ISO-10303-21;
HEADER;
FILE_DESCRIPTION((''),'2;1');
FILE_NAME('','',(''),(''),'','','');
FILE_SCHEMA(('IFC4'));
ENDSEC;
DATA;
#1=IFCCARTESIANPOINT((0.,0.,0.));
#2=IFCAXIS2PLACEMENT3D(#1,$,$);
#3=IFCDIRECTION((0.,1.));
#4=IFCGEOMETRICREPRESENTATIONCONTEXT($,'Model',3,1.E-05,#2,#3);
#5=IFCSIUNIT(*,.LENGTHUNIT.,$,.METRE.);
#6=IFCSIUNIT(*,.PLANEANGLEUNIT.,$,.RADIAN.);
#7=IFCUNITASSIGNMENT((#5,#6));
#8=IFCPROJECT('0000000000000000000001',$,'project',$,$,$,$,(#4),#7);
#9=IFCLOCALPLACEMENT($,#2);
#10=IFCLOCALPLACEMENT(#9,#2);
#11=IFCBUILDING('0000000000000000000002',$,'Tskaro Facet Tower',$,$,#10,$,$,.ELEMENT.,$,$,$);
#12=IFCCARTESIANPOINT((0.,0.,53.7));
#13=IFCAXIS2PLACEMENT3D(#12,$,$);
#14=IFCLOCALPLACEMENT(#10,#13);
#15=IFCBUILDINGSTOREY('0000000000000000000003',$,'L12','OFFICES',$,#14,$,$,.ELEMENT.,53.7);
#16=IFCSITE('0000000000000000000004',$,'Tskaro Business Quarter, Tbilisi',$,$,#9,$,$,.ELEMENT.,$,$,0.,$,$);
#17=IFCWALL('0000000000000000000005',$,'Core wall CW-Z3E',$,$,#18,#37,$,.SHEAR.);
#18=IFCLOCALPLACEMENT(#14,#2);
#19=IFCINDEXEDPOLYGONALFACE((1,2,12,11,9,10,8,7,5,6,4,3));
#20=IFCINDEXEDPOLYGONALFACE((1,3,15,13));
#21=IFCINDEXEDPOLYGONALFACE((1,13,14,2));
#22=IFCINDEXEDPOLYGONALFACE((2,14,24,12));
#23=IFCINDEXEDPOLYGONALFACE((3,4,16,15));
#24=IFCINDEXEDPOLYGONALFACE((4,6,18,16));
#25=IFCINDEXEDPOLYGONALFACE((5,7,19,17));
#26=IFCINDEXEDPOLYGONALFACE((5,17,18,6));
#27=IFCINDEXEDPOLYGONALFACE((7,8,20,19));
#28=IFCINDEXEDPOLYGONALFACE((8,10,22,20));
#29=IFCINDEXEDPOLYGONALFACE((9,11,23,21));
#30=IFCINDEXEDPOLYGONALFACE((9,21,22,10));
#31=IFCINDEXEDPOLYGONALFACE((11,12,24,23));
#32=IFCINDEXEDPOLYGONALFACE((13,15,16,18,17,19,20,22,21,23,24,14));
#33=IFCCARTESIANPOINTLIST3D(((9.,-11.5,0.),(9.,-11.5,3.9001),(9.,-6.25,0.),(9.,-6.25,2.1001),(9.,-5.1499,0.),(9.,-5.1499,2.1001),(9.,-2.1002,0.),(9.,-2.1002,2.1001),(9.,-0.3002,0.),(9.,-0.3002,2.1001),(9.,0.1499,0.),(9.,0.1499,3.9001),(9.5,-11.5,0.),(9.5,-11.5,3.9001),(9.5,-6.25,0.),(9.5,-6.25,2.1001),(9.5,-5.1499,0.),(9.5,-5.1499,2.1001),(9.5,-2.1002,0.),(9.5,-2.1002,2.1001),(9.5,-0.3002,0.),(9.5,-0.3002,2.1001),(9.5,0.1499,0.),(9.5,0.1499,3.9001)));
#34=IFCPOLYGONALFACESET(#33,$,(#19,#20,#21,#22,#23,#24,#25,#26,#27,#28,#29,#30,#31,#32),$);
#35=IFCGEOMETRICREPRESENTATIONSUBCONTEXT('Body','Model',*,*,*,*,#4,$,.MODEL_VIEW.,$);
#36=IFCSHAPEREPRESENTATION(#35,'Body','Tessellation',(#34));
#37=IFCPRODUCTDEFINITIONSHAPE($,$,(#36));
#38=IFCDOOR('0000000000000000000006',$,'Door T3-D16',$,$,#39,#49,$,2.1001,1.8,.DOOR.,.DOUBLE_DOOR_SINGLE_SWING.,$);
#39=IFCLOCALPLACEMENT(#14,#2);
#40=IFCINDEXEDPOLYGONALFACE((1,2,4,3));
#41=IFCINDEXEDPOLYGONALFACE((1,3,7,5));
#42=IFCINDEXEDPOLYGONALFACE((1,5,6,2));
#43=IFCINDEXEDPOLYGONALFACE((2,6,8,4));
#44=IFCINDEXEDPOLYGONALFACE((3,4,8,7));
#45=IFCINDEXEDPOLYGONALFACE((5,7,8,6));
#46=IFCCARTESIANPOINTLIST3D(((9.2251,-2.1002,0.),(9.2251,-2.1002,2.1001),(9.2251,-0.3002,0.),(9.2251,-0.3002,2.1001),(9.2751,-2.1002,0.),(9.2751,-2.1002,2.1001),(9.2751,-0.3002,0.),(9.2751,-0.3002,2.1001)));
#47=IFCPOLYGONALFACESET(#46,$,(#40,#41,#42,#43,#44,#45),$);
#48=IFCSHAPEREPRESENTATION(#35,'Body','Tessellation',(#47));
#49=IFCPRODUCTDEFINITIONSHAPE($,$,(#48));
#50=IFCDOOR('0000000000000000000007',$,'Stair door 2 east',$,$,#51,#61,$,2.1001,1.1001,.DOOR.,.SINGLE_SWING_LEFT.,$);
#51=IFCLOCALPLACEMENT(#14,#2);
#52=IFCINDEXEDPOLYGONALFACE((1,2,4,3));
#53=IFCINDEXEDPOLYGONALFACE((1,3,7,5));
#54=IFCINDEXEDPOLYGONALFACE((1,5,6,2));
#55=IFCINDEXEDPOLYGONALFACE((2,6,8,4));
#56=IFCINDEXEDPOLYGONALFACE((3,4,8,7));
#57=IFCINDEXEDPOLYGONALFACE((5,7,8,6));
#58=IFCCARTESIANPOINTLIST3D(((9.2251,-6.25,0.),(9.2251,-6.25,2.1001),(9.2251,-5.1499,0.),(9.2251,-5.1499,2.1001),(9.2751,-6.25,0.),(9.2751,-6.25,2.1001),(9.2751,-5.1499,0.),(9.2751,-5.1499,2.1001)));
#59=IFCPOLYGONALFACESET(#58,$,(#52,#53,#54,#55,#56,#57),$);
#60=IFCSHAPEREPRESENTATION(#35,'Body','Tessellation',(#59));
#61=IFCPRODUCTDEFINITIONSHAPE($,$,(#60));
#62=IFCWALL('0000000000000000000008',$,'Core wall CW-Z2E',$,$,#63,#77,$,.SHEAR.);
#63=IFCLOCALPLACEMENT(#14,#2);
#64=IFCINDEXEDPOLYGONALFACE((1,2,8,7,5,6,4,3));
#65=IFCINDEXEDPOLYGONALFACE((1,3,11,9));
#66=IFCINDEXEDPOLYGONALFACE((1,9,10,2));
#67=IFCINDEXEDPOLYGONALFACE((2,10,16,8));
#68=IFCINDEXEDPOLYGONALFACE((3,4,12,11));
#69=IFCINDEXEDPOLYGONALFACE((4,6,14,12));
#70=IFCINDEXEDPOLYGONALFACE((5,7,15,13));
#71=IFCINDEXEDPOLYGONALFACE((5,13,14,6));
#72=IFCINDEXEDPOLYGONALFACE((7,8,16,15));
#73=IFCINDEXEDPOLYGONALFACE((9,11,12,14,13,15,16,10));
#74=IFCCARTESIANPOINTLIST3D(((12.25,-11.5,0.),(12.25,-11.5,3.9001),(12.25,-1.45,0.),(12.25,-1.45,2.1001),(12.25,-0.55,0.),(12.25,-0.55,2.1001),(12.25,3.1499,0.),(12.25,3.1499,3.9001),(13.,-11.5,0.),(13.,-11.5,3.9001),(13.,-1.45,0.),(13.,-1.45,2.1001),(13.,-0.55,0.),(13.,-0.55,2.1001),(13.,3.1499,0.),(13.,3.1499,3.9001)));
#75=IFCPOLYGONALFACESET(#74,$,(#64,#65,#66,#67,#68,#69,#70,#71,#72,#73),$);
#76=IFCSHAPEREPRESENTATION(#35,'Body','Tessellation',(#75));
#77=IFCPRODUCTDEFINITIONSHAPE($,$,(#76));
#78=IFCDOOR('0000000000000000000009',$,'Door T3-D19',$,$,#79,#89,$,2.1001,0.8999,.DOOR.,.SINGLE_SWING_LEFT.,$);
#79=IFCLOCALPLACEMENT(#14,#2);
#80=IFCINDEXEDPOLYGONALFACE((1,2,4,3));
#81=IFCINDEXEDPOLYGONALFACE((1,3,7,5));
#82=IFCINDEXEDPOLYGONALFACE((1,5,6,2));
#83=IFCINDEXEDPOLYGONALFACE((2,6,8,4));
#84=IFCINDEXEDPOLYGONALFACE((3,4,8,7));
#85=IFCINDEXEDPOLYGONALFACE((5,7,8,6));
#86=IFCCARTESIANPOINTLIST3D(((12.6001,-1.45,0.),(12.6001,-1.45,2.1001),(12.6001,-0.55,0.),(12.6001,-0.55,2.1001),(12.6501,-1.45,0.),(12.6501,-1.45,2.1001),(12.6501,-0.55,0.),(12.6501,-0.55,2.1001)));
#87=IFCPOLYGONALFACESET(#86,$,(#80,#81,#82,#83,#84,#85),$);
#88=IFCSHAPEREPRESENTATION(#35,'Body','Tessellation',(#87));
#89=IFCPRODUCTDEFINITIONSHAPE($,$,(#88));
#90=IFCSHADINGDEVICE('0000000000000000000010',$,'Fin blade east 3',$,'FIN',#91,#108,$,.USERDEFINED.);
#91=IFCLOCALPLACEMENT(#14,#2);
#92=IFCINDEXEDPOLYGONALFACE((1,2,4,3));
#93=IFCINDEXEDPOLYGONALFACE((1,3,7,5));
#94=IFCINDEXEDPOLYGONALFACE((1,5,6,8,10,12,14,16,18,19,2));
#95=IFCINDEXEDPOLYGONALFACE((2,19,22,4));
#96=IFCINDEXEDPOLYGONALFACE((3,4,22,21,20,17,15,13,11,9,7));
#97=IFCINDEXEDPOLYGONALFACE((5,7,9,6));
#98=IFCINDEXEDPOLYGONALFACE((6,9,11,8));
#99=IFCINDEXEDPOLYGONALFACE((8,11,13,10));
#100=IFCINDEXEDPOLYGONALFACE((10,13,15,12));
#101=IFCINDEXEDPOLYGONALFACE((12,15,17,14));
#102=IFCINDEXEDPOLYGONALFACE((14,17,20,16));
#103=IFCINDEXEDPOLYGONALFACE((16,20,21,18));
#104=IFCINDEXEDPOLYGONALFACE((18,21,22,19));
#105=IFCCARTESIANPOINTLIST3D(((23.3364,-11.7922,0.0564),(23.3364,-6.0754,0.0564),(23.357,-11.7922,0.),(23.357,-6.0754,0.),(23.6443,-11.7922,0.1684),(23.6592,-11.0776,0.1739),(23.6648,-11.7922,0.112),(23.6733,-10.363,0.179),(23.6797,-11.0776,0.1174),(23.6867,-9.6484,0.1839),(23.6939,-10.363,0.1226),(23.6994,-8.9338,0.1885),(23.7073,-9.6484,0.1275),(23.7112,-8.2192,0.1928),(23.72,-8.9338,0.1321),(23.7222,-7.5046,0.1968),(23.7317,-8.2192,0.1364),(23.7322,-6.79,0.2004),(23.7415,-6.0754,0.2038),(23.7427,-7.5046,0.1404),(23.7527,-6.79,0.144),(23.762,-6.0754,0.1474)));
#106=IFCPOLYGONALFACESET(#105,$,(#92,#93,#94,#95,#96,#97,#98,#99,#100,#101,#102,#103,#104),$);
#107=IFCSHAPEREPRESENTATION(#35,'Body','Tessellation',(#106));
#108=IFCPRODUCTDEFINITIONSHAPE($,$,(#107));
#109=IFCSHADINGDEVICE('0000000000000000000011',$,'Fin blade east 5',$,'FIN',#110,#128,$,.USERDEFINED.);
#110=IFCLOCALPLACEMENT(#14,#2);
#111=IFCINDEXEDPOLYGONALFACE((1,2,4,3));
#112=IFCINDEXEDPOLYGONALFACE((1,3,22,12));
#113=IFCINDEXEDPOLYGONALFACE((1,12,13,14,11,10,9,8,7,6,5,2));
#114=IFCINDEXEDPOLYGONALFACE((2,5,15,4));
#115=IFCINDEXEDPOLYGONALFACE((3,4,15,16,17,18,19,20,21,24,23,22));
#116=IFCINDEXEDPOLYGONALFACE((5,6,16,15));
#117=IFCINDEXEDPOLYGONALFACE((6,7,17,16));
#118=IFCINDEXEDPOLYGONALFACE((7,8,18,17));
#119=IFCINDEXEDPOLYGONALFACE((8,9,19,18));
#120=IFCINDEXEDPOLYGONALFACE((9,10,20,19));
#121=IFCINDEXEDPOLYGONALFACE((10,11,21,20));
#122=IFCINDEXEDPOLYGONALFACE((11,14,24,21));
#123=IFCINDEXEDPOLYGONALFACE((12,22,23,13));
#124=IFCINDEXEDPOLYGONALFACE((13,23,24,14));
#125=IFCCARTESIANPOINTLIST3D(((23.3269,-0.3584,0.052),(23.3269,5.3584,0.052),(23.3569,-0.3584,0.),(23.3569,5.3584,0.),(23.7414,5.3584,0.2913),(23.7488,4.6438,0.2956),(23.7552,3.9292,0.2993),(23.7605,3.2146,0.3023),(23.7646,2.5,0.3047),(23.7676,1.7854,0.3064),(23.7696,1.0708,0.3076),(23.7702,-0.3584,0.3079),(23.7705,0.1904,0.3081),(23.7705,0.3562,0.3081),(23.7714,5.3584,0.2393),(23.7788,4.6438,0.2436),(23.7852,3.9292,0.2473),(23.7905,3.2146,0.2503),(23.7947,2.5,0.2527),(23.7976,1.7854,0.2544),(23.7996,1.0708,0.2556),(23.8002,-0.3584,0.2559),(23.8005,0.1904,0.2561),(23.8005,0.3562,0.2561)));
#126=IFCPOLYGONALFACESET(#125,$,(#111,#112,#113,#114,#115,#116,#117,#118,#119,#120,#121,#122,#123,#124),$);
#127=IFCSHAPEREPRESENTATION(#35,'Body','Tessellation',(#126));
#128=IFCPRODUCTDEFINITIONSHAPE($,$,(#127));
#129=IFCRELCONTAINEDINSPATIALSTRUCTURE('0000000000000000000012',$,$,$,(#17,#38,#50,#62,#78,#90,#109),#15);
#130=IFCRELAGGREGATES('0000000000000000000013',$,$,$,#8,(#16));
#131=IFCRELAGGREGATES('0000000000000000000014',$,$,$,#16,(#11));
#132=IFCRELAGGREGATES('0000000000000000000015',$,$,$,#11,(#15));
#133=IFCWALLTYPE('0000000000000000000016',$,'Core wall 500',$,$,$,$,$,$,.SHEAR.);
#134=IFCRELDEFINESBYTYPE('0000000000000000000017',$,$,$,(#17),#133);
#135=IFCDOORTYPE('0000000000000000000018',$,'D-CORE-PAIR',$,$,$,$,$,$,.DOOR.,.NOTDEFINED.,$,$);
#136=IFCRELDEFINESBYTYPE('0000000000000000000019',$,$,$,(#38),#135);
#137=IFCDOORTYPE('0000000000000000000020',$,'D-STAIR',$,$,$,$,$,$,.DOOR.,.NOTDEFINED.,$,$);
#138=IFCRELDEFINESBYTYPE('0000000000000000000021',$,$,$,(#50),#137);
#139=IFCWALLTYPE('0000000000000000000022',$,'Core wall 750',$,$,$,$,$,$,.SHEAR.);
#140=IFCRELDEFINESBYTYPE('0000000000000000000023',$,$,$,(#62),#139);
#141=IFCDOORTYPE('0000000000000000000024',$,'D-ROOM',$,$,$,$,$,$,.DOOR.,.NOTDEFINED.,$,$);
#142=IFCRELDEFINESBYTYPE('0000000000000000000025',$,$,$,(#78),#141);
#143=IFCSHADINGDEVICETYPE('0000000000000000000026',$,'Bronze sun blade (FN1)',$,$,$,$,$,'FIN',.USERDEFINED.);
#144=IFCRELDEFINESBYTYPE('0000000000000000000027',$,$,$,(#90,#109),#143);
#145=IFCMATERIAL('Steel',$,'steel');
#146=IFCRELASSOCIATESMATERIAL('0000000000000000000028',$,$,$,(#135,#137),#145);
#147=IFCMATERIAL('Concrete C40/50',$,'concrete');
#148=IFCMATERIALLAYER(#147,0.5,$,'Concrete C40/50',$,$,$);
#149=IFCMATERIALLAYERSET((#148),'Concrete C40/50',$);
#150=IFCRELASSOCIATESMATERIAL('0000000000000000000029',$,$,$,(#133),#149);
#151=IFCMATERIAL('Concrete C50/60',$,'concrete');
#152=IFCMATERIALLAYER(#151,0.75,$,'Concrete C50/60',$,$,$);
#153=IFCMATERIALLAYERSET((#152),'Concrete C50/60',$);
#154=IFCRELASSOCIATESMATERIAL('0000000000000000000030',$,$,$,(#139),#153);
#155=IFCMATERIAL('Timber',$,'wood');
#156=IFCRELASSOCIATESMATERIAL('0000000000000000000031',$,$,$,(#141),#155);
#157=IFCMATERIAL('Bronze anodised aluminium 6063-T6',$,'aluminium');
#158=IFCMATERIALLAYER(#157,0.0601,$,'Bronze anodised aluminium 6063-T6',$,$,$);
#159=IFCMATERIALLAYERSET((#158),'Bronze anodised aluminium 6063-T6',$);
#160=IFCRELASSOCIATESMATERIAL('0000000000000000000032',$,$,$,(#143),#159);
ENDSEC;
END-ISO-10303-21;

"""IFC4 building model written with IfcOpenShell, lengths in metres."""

from ifc_helpers import new_model, si_unit, direction, frame, frame_2d, origin, place, context, subcontext, project, spatial, polyline, rectangle, outline, extrude, material, layer, layer_set, type_object, element, fill, save


model = new_model("IFC4")

# Units and contexts
model_context = context("Model", 3, precision=1e-05, world=origin(), true_north=direction((0.0, 1.0)))
body_context = subcontext(model_context, "Body", "Model", "MODEL_VIEW")
ifc_project = project(units=[si_unit("LENGTHUNIT", "METRE"), si_unit("PLANEANGLEUNIT", "RADIAN")], contexts=[model_context])

# Site, building, storey
site_placement = place(None, origin())
site = spatial("IfcSite", under=ifc_project, at=site_placement, Name="Tskaro Business Quarter, Tbilisi", CompositionType="ELEMENT", RefElevation=0.0)
building_placement = place(site_placement, origin())
building = spatial("IfcBuilding", under=site, at=building_placement, Name="Tskaro Facet Tower", CompositionType="ELEMENT")
storey_placement = place(building_placement, frame((0.0, 0.0, 53.7)))
storey = spatial("IfcBuildingStorey", under=building, at=storey_placement, Name="L12", Description="OFFICES", CompositionType="ELEMENT", Elevation=53.7)

# Shared definitions
ifc_material_1 = material(Name="Bronze anodised aluminium 6063-T6", Category="aluminium")

# Shared definitions
ifc_material_2 = material(Name="Steel", Category="steel")
door_type_1 = type_object("IfcDoorType", Name="D-CORE-PAIR", OperationType="NOTDEFINED", PredefinedType="DOOR", material=ifc_material_2)

# Wall, openings, doors
ifc_material_3 = material(Name="Concrete C40/50", Category="concrete")
ifc_layer_1 = layer(ifc_material_3, 0.5, Name="Concrete C40/50")
ifc_layer_set_1 = layer_set([ifc_layer_1], Name="Concrete C40/50")
wall_type_1 = type_object("IfcWallType", Name="Core wall 500", PredefinedType="SHEAR", material=ifc_layer_set_1)
wall_1_placement = place(storey_placement, frame((9.25, -11.5, 0.0), z_axis=(0.0, 0.0, 1.0), x_axis=(0.0, 1.0, 0.0)))
wall_1 = element("IfcWall", 1, at=wall_1_placement, inside=storey, type_object=wall_type_1, Name="Core wall CW-Z3E", PredefinedType="SHEAR", context=body_context, shape_type="SweptSolid", body=[
    extrude(rectangle(XDim=11.6499, YDim=0.5, at=frame_2d((5.825, 0.0))), origin(), (0.0, 0.0, 1.0), 3.9001),
])
opening_1_placement = place(wall_1_placement, frame((9.3999, 0.0, 0.0)))
opening_1 = element("IfcOpeningElement", 2, at=opening_1_placement, cuts=wall_1, PredefinedType="OPENING", context=body_context, shape_type="SweptSolid", body=[
    extrude(rectangle(XDim=1.8, YDim=2.1001, at=frame_2d((0.8999, 1.05))), frame((0.0, 0.26, 0.0), z_axis=(0.0, -1.0, 0.0), x_axis=(1.0, 0.0, 0.0)), (0.0, 0.0, 1.0), 0.52),
])
opening_2_placement = place(wall_1_placement, frame((5.25, 0.0, 0.0)))
opening_2 = element("IfcOpeningElement", 3, at=opening_2_placement, cuts=wall_1, PredefinedType="OPENING", context=body_context, shape_type="SweptSolid", body=[
    extrude(rectangle(XDim=1.1001, YDim=2.1001, at=frame_2d((0.55, 1.05))), frame((0.0, 0.26, 0.0), z_axis=(0.0, -1.0, 0.0), x_axis=(1.0, 0.0, 0.0)), (0.0, 0.0, 1.0), 0.52),
])
door_1_placement = place(opening_1_placement, origin())
door_1 = element("IfcDoor", 4, at=door_1_placement, inside=storey, type_object=door_type_1, Name="Door T3-D16", OperationType="DOUBLE_DOOR_SINGLE_SWING", OverallHeight=2.1001, OverallWidth=1.8, PredefinedType="DOOR", context=body_context, shape_type="SweptSolid", body=[
    extrude(rectangle(XDim=1.8, YDim=2.1001, at=frame_2d((0.8999, 1.05))), frame((0.0, 0.0249, 0.0), z_axis=(0.0, -1.0, 0.0), x_axis=(1.0, 0.0, 0.0)), (0.0, 0.0, 1.0), 0.05),
])
fill(opening_1, door_1)
door_type_2 = type_object("IfcDoorType", Name="D-STAIR", OperationType="NOTDEFINED", PredefinedType="DOOR", material=ifc_material_2)
door_2_placement = place(opening_2_placement, origin())
door_2 = element("IfcDoor", 5, at=door_2_placement, inside=storey, type_object=door_type_2, Name="Stair door 2 east", OperationType="SINGLE_SWING_LEFT", OverallHeight=2.1001, OverallWidth=1.1001, PredefinedType="DOOR", context=body_context, shape_type="SweptSolid", body=[
    extrude(rectangle(XDim=1.1001, YDim=2.1001, at=frame_2d((0.55, 1.05))), frame((0.0, 0.0249, 0.0), z_axis=(0.0, -1.0, 0.0), x_axis=(1.0, 0.0, 0.0)), (0.0, 0.0, 1.0), 0.05),
])
fill(opening_2, door_2)

# Wall, opening, door
ifc_material_4 = material(Name="Concrete C50/60", Category="concrete")
ifc_layer_2 = layer(ifc_material_4, 0.75, Name="Concrete C50/60")
ifc_layer_set_2 = layer_set([ifc_layer_2], Name="Concrete C50/60")
wall_type_2 = type_object("IfcWallType", Name="Core wall 750", PredefinedType="SHEAR", material=ifc_layer_set_2)
wall_2_placement = place(storey_placement, frame((12.625, -11.5, 0.0), z_axis=(0.0, 0.0, 1.0), x_axis=(0.0, 1.0, 0.0)))
wall_2 = element("IfcWall", 6, at=wall_2_placement, inside=storey, type_object=wall_type_2, Name="Core wall CW-Z2E", PredefinedType="SHEAR", context=body_context, shape_type="SweptSolid", body=[
    extrude(rectangle(XDim=14.6499, YDim=0.75, at=frame_2d((7.325, 0.0))), origin(), (0.0, 0.0, 1.0), 3.9001),
])
opening_3_placement = place(wall_2_placement, frame((10.05, 0.0, 0.0)))
opening_3 = element("IfcOpeningElement", 7, at=opening_3_placement, cuts=wall_2, PredefinedType="OPENING", context=body_context, shape_type="SweptSolid", body=[
    extrude(rectangle(XDim=0.8999, YDim=2.1001, at=frame_2d((0.45, 1.05))), frame((0.0, 0.385, 0.0), z_axis=(0.0, -1.0, 0.0), x_axis=(1.0, 0.0, 0.0)), (0.0, 0.0, 1.0), 0.77),
])
ifc_material_5 = material(Name="Timber", Category="wood")
door_type_3 = type_object("IfcDoorType", Name="D-ROOM", OperationType="NOTDEFINED", PredefinedType="DOOR", material=ifc_material_5)
door_3_placement = place(opening_3_placement, origin())
door_3 = element("IfcDoor", 8, at=door_3_placement, inside=storey, type_object=door_type_3, Name="Door T3-D19", OperationType="SINGLE_SWING_LEFT", OverallHeight=2.1001, OverallWidth=0.8999, PredefinedType="DOOR", context=body_context, shape_type="SweptSolid", body=[
    extrude(rectangle(XDim=0.8999, YDim=2.1001, at=frame_2d((0.45, 1.05))), frame((0.0, 0.0249, 0.0), z_axis=(0.0, -1.0, 0.0), x_axis=(1.0, 0.0, 0.0)), (0.0, 0.0, 1.0), 0.05),
])
fill(opening_3, door_3)

# Shading devices
ifc_layer_3 = layer(ifc_material_1, 0.0601, Name="Bronze anodised aluminium 6063-T6")
ifc_layer_set_3 = layer_set([ifc_layer_3], Name="Bronze anodised aluminium 6063-T6")
shading_device_type = type_object("IfcShadingDeviceType", Name="Bronze sun blade (FN1)", ElementType="FIN", PredefinedType="USERDEFINED", material=ifc_layer_set_3)
shading_device_1_placement = place(storey_placement, frame((23.3364, -11.7922, 0.0564), z_axis=(-0.341976, -0.000004, 0.939709), x_axis=(-0.000001, 1.0, 0.000004)))
element("IfcShadingDevice", 9, at=shading_device_1_placement, inside=storey, type_object=shading_device_type, Name="Fin blade east 3", ObjectType="FIN", PredefinedType="USERDEFINED", context=body_context, shape_type="SweptSolid", body=[
    extrude(outline(polyline([(0.0, 0.0), (5.7168, 0.0), (5.7168, -0.431), (5.0022, -0.4212), (4.2876, -0.4105), (3.573, -0.3988), (2.8584, -0.3863), (2.1438, -0.3728), (1.4292, -0.3585), (0.7146, -0.3435), (0.0, -0.3276), (0.0, 0.0)])), origin(), (0.0, 0.0, -1.0), 0.0601),
])
shading_device_2_placement = place(storey_placement, frame((23.3269, -0.3584, 0.052), z_axis=(-0.499993, -0.000003, 0.866029), x_axis=(-0.000001, 1.0, 0.000002)))
element("IfcShadingDevice", 10, at=shading_device_2_placement, inside=storey, type_object=shading_device_type, Name="Fin blade east 5", ObjectType="FIN", PredefinedType="USERDEFINED", context=body_context, shape_type="SweptSolid", body=[
    extrude(outline(polyline([(0.0, 0.0), (5.7168, 0.0), (5.7168, -0.4786), (5.0022, -0.4872), (4.2876, -0.4945), (3.573, -0.5006), (2.8584, -0.5054), (2.1438, -0.5088), (1.4292, -0.5111), (0.7146, -0.5122), (0.5488, -0.5122), (0.0, -0.5119), (0.0, 0.0)])), origin(), (0.0, 0.0, -1.0), 0.0601),
])

save(model, "model.ifc")
